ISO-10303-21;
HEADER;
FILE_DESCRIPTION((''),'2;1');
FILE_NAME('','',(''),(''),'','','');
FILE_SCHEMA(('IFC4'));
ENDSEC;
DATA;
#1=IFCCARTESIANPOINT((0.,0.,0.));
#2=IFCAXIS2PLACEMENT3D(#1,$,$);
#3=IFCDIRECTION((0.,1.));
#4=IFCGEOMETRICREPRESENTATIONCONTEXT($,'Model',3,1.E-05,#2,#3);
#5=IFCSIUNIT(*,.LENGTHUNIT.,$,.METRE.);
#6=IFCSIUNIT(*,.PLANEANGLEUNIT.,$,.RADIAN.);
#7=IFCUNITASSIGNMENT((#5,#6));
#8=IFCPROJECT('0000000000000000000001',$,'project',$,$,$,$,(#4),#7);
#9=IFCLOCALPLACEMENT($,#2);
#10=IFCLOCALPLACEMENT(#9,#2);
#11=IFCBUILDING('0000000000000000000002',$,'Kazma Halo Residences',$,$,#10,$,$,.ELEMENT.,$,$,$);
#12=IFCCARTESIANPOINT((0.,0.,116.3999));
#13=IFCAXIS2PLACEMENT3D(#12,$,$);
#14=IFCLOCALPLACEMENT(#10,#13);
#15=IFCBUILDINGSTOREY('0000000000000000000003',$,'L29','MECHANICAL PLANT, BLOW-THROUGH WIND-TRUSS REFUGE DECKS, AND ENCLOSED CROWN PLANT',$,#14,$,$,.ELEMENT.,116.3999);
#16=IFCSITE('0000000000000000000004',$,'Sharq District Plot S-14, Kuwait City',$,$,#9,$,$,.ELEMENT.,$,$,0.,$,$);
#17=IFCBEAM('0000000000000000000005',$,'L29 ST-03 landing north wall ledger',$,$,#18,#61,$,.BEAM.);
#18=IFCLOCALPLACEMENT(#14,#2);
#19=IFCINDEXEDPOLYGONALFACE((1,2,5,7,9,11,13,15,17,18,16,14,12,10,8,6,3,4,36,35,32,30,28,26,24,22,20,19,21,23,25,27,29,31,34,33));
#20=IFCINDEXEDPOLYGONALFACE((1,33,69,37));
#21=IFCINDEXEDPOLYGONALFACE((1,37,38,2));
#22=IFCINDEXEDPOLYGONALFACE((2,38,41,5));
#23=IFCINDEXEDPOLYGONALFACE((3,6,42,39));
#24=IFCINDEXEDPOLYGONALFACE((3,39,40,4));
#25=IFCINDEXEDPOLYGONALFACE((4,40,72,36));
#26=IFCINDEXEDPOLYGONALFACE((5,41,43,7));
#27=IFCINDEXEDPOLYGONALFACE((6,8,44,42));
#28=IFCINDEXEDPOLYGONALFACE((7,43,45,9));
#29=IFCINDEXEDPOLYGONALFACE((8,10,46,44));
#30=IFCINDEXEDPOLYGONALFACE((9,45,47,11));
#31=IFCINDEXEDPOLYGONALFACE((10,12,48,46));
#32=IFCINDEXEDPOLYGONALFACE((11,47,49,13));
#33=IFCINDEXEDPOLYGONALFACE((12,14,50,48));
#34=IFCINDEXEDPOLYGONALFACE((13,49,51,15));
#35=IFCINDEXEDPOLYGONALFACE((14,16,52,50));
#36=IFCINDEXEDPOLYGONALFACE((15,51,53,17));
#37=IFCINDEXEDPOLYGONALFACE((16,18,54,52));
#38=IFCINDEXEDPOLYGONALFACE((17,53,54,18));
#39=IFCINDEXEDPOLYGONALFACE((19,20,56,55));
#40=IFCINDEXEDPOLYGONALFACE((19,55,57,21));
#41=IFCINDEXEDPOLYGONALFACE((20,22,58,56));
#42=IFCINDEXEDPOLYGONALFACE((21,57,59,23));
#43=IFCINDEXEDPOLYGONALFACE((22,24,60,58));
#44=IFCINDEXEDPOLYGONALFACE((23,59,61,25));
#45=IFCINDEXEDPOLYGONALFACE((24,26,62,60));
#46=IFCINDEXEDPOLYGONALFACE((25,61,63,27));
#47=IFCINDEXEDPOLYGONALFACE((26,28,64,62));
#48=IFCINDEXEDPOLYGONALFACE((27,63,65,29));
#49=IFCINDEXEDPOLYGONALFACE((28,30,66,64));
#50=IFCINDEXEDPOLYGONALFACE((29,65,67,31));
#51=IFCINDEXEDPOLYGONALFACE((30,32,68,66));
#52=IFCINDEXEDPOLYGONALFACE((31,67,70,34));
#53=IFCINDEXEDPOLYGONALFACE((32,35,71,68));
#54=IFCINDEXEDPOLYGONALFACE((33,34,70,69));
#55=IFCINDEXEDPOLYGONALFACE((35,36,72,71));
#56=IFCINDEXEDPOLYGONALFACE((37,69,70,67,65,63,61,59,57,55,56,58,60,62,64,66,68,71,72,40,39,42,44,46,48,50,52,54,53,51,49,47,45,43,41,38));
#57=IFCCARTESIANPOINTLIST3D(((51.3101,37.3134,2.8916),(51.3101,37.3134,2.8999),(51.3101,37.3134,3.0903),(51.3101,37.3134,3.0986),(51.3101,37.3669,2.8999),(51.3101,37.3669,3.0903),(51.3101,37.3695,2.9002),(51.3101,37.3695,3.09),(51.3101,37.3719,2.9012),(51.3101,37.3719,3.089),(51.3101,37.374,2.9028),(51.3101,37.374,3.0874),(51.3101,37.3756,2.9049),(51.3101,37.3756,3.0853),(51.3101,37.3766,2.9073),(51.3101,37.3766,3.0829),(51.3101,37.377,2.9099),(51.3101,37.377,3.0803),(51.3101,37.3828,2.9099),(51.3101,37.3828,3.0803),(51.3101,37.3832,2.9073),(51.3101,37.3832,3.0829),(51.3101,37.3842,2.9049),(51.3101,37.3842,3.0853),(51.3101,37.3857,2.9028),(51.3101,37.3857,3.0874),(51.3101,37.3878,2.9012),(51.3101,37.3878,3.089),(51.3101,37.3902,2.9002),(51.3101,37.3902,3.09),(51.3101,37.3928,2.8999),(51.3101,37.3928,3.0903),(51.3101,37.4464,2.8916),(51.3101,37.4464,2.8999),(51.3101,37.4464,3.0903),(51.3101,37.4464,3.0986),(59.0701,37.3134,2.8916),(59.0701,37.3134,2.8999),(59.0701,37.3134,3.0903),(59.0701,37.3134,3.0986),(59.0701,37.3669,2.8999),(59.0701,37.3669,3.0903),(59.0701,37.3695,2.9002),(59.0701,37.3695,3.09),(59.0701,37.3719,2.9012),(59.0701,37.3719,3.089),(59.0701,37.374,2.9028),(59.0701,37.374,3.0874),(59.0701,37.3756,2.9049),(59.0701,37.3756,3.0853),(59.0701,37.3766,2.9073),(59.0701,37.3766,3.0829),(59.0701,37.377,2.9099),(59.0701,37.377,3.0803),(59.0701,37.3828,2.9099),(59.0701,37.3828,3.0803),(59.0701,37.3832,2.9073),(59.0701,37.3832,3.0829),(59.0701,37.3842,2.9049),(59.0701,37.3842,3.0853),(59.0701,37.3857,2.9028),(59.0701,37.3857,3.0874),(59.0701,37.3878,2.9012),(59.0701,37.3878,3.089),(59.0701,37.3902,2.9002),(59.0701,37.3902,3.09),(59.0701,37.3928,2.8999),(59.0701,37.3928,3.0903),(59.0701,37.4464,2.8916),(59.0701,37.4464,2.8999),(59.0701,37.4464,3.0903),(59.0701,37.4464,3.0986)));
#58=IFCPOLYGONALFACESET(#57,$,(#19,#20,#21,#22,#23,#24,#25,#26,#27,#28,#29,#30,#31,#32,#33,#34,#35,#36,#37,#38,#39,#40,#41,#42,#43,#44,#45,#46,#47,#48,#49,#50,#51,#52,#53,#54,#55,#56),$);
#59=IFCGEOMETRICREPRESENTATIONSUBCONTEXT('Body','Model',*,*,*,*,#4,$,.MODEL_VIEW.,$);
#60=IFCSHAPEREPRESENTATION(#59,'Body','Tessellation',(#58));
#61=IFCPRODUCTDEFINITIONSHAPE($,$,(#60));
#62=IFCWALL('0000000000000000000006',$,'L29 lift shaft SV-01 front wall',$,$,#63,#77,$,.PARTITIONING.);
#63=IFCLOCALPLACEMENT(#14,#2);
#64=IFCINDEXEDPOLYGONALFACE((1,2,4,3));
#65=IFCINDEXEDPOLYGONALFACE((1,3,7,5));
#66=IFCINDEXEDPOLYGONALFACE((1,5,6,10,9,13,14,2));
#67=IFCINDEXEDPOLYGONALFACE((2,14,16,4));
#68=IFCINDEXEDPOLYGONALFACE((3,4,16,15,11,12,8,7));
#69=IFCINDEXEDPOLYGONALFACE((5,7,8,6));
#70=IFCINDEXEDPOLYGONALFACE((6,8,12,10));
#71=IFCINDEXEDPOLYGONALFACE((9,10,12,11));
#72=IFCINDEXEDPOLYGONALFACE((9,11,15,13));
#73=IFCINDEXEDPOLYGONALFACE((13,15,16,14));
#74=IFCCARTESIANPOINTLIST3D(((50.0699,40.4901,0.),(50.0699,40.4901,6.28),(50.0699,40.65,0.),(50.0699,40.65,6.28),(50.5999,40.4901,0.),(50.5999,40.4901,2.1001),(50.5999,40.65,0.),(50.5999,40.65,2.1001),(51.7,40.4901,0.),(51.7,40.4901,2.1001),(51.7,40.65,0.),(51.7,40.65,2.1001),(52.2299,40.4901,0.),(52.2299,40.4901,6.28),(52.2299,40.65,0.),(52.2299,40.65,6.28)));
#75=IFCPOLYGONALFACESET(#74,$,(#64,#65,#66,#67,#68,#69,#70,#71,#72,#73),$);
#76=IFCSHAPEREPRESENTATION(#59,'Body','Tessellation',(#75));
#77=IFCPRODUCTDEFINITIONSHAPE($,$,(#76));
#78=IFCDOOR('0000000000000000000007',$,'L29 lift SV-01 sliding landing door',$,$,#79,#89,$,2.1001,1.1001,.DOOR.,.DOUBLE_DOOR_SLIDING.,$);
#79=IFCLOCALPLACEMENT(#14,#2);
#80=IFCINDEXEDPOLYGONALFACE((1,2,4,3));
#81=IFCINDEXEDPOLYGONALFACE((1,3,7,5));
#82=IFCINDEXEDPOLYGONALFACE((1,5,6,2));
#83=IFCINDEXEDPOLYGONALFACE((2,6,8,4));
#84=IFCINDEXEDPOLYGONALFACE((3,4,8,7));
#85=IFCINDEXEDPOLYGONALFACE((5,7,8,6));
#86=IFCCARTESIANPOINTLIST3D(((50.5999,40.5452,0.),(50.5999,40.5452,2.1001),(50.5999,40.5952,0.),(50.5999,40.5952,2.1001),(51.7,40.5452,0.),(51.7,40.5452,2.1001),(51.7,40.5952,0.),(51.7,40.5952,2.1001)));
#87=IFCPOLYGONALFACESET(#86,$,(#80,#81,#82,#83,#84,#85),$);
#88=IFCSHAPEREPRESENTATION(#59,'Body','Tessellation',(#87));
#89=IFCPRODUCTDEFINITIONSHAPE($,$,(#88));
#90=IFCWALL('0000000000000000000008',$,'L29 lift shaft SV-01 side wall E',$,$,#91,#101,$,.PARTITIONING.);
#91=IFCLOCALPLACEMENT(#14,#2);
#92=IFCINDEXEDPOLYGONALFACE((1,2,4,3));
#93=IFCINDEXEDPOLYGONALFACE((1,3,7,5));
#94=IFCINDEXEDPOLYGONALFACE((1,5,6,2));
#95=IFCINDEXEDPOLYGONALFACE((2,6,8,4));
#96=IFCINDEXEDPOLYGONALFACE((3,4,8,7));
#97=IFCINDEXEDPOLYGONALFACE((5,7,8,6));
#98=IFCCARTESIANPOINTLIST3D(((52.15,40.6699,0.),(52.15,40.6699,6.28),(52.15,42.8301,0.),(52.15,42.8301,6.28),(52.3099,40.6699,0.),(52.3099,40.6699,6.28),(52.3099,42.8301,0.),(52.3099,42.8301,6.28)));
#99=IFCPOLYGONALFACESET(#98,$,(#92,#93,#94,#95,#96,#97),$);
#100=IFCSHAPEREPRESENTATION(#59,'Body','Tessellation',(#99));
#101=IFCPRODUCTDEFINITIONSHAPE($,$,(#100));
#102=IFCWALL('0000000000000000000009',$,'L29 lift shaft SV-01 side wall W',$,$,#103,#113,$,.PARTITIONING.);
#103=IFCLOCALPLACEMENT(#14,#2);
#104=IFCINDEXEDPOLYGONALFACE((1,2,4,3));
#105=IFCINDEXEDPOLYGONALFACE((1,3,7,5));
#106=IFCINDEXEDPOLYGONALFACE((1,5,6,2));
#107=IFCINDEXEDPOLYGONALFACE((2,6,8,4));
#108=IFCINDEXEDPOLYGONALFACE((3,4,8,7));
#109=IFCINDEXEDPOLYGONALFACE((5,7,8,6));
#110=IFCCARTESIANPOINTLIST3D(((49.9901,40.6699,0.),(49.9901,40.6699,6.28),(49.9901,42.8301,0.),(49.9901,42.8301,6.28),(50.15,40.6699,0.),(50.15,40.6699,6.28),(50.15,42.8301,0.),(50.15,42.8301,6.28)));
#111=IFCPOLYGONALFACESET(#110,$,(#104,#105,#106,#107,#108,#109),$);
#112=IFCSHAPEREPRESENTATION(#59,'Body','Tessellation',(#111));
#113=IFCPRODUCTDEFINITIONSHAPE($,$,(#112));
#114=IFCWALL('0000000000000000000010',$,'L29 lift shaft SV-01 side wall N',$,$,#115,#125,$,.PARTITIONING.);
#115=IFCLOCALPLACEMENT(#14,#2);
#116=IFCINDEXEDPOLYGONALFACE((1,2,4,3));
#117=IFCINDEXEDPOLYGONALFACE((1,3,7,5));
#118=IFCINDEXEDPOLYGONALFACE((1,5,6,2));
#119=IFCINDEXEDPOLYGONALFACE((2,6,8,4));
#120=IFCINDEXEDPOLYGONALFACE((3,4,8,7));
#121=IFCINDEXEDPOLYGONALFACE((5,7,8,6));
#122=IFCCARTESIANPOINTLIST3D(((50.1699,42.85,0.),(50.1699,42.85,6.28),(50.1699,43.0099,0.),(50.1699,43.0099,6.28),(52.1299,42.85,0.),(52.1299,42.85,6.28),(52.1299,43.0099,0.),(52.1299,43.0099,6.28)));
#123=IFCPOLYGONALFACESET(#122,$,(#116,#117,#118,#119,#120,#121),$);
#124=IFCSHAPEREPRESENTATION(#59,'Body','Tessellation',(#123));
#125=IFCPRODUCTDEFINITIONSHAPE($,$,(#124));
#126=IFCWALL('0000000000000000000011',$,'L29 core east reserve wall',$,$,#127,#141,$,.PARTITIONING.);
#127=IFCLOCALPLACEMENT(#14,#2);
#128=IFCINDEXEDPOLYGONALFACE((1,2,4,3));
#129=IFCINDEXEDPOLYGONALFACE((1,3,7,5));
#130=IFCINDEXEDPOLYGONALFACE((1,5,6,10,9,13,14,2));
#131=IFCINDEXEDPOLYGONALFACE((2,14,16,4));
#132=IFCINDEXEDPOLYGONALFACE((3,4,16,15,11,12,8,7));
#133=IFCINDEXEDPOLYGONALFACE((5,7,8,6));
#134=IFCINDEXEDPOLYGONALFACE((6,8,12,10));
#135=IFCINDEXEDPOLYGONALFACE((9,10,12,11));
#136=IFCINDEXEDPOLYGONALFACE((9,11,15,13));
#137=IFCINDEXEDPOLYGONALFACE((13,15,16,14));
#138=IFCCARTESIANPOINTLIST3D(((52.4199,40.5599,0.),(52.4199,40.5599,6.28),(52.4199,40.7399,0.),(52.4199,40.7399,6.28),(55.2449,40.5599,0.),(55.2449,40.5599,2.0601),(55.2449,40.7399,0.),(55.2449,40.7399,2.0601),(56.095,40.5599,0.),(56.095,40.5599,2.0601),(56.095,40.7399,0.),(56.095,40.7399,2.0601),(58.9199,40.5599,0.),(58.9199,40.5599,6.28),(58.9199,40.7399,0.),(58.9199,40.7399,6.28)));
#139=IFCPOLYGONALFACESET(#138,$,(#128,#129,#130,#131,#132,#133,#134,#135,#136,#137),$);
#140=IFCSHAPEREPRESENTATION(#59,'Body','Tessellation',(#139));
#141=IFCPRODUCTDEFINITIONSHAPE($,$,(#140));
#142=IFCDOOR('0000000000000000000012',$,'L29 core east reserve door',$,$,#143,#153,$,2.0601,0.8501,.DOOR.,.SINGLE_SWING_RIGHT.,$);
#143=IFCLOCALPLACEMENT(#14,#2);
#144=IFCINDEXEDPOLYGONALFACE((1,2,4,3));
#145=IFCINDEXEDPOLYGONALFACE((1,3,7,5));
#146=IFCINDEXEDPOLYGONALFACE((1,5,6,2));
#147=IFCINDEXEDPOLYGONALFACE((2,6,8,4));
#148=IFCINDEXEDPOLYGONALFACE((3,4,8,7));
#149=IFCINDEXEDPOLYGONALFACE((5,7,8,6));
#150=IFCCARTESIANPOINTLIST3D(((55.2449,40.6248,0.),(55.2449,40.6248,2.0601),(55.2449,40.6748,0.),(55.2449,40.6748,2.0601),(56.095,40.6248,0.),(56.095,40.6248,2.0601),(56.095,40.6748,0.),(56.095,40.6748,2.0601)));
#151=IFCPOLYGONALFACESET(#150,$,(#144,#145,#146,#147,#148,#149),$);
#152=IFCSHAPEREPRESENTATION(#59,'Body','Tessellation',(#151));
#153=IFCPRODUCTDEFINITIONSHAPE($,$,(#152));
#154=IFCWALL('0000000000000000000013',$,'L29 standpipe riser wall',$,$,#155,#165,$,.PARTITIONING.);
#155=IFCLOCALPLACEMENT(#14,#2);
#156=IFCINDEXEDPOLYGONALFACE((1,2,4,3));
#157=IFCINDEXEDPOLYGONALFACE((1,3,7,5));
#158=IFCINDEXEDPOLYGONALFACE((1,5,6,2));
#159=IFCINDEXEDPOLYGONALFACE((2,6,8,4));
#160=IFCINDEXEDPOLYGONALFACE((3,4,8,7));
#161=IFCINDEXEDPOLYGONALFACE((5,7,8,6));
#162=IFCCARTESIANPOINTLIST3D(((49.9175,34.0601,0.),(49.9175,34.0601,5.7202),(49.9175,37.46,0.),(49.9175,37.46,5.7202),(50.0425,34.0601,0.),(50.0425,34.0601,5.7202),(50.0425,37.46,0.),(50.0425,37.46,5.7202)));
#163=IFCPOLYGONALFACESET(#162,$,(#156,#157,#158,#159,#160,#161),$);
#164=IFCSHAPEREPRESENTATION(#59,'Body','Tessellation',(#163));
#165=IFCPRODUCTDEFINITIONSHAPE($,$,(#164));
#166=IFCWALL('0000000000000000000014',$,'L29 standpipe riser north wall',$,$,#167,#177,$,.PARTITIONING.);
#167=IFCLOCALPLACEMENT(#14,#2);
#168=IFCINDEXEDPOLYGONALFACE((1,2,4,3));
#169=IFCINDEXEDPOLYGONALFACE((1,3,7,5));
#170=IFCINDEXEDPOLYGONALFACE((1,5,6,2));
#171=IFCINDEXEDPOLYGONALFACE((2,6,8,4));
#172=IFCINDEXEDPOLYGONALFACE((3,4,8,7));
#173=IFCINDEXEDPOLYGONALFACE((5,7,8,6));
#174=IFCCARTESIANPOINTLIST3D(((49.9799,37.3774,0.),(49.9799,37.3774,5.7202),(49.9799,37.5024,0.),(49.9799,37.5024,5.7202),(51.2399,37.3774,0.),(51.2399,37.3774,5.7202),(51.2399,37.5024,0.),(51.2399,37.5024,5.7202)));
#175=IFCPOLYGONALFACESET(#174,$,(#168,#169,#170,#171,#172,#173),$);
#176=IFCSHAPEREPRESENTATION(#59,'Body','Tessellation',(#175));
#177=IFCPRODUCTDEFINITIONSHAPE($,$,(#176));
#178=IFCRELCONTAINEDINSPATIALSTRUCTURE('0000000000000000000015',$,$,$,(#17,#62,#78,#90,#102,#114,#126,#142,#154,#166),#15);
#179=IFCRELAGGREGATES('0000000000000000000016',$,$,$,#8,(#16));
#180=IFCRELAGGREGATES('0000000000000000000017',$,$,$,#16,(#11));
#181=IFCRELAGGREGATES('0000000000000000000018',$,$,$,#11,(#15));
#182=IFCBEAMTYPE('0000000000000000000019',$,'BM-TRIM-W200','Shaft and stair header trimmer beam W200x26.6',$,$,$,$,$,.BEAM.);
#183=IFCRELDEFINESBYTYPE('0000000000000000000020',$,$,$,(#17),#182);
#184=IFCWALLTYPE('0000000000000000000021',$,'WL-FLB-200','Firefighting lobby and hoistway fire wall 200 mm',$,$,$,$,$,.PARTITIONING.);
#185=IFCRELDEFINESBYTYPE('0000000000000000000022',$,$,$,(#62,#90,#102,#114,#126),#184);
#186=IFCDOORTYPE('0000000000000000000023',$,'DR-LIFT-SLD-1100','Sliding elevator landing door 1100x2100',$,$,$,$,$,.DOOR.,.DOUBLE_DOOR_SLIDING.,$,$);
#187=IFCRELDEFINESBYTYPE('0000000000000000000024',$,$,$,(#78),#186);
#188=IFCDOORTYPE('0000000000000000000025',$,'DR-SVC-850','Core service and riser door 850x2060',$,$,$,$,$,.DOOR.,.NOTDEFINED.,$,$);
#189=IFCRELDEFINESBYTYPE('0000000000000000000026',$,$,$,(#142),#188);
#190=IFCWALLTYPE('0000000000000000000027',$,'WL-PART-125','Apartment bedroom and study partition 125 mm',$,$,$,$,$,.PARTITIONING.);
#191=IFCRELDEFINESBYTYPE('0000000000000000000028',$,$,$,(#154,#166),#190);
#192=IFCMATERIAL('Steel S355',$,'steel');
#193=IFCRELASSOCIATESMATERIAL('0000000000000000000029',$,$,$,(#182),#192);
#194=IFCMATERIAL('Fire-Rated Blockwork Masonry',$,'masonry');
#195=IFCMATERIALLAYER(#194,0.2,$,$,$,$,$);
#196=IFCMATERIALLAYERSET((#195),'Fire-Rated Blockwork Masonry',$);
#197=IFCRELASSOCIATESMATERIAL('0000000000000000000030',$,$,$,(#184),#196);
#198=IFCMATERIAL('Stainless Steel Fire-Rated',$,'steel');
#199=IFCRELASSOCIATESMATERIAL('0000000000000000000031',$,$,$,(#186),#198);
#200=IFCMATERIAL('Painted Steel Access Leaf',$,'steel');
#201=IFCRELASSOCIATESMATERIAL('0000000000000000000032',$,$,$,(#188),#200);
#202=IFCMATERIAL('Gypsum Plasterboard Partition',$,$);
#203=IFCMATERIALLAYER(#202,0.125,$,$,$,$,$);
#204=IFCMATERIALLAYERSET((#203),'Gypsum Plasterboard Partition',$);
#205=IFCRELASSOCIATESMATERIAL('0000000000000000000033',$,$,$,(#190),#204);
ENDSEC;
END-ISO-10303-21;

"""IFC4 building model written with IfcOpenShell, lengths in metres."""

from ifc_helpers import new_model, si_unit, direction, frame, frame_2d, origin, origin_2d, place, context, subcontext, project, spatial, rectangle, i_section, extrude, material, layer, layer_set, material_profile, profile_set, type_object, element, fill, save


model = new_model("IFC4")

# Units and contexts
model_context = context("Model", 3, precision=1e-05, world=origin(), true_north=direction((0.0, 1.0)))
body_context = subcontext(model_context, "Body", "Model", "MODEL_VIEW")
ifc_project = project(units=[si_unit("LENGTHUNIT", "METRE"), si_unit("PLANEANGLEUNIT", "RADIAN")], contexts=[model_context])

# Site, building, storey
site_placement = place(None, origin())
site = spatial("IfcSite", under=ifc_project, at=site_placement, Name="Sharq District Plot S-14, Kuwait City", CompositionType="ELEMENT", RefElevation=0.0)
building_placement = place(site_placement, origin())
building = spatial("IfcBuilding", under=site, at=building_placement, Name="Kazma Halo Residences", CompositionType="ELEMENT")
storey_placement = place(building_placement, frame((0.0, 0.0, 116.3999)))
storey = spatial("IfcBuildingStorey", under=building, at=storey_placement, Name="L29", Description="MECHANICAL PLANT, BLOW-THROUGH WIND-TRUSS REFUGE DECKS, AND ENCLOSED CROWN PLANT", CompositionType="ELEMENT", Elevation=116.3999)

# Shared definitions
ifc_material_1 = material(Name="Steel S355", Category="steel")

# Beam
ifc_material_profile_1 = material_profile(ifc_material_1, i_section(OverallWidth=0.1331, OverallDepth=0.207, WebThickness=0.0059, FlangeThickness=0.0083, FilletRadius=0.01, at=origin_2d()), Name="W200x26.6")
ifc_profile_set_1 = profile_set([ifc_material_profile_1], Name="Steel S355")
beam_type = type_object("IfcBeamType", Name="BM-TRIM-W200", Description="Shaft and stair header trimmer beam W200x26.6", PredefinedType="BEAM", material=ifc_profile_set_1)
beam_1_placement = place(storey_placement, frame((51.3101, 37.3799, 2.9951), z_axis=(1.0, 0.0, 0.0), x_axis=(0.0, 1.0, 0.0)))
element("IfcBeam", 1, at=beam_1_placement, inside=storey, type_object=beam_type, Name="L29 ST-03 landing north wall ledger", PredefinedType="BEAM", context=body_context, shape_type="SweptSolid", body=[
    extrude(i_section(OverallWidth=0.1331, OverallDepth=0.207, WebThickness=0.0059, FlangeThickness=0.0083, FilletRadius=0.01, at=origin_2d()), origin(), (0.0, 0.0, 1.0), 7.76),
])

# Wall, opening, door
ifc_material_2 = material(Name="Fire-Rated Blockwork Masonry", Category="masonry")
ifc_layer_1 = layer(ifc_material_2, 0.2)
ifc_layer_set_1 = layer_set([ifc_layer_1], Name="Fire-Rated Blockwork Masonry")
wall_type_1 = type_object("IfcWallType", Name="WL-FLB-200", Description="Firefighting lobby and hoistway fire wall 200 mm", PredefinedType="PARTITIONING", material=ifc_layer_set_1)
wall_1_placement = place(storey_placement, frame((52.23, 40.5701, 0.0), z_axis=(0.0, 0.0, 1.0), x_axis=(-1.0, 0.0, 0.0)))
wall_1 = element("IfcWall", 2, at=wall_1_placement, inside=storey, type_object=wall_type_1, Name="L29 lift shaft SV-01 front wall", PredefinedType="PARTITIONING", context=body_context, shape_type="SweptSolid", body=[
    extrude(rectangle(XDim=2.1599, YDim=0.1599, at=frame_2d((1.0801, 0.0))), origin(), (0.0, 0.0, 1.0), 6.28),
])
opening_1_placement = place(wall_1_placement, frame((0.53, 0.0, 0.0)))
opening_1 = element("IfcOpeningElement", 3, at=opening_1_placement, cuts=wall_1, PredefinedType="OPENING", context=body_context, shape_type="SweptSolid", body=[
    extrude(rectangle(XDim=1.1001, YDim=2.1001, at=frame_2d((0.55, 1.05))), frame((0.0, 0.0898, 0.0), z_axis=(0.0, -1.0, 0.0), x_axis=(1.0, 0.0, 0.0)), (0.0, 0.0, 1.0), 0.1799),
])
ifc_material_3 = material(Name="Stainless Steel Fire-Rated", Category="steel")
door_type_1 = type_object("IfcDoorType", Name="DR-LIFT-SLD-1100", Description="Sliding elevator landing door 1100x2100", OperationType="DOUBLE_DOOR_SLIDING", PredefinedType="DOOR", material=ifc_material_3)
door_1_placement = place(opening_1_placement, origin())
door_1 = element("IfcDoor", 4, at=door_1_placement, inside=storey, type_object=door_type_1, Name="L29 lift SV-01 sliding landing door", OperationType="DOUBLE_DOOR_SLIDING", OverallHeight=2.1001, OverallWidth=1.1001, PredefinedType="DOOR", context=body_context, shape_type="SweptSolid", body=[
    extrude(rectangle(XDim=1.1001, YDim=2.1001, at=frame_2d((0.55, 1.05))), frame((0.0, 0.0249, 0.0), z_axis=(0.0, -1.0, 0.0), x_axis=(1.0, 0.0, 0.0)), (0.0, 0.0, 1.0), 0.05),
])
fill(opening_1, door_1)

# Walls
for number, where, z_axis, x_axis, name in (
    (5, (52.23, 40.6699, 0.0), (0.0, 0.0, 1.0), (0.0, 1.0, 0.0), "L29 lift shaft SV-01 side wall E"),
    (6, (50.0701, 40.6699, 0.0), (0.0, 0.0, 1.0), (0.0, 1.0, 0.0), "L29 lift shaft SV-01 side wall W"),
):
    element("IfcWall", number, at=place(storey_placement, frame(where, z_axis=z_axis, x_axis=x_axis)), inside=storey, type_object=wall_type_1, Name=name, PredefinedType="PARTITIONING", context=body_context, shape_type="SweptSolid", body=[
        extrude(rectangle(XDim=2.1602, YDim=0.1599, at=frame_2d((1.0801, 0.0))), origin(), (0.0, 0.0, 1.0), 6.28),
    ])
wall_2_placement = place(storey_placement, frame((50.1699, 42.9299, 0.0), z_axis=(0.0, 0.0, 1.0), x_axis=(1.0, 0.0, 0.0)))
element("IfcWall", 7, at=wall_2_placement, inside=storey, type_object=wall_type_1, Name="L29 lift shaft SV-01 side wall N", PredefinedType="PARTITIONING", context=body_context, shape_type="SweptSolid", body=[
    extrude(rectangle(XDim=1.96, YDim=0.1599, at=frame_2d((0.98, 0.0))), origin(), (0.0, 0.0, 1.0), 6.28),
])

# Wall, opening, door
wall_3_placement = place(storey_placement, frame((52.4199, 40.6499, 0.0), z_axis=(0.0, 0.0, 1.0), x_axis=(1.0, 0.0, 0.0)))
wall_3 = element("IfcWall", 8, at=wall_3_placement, inside=storey, type_object=wall_type_1, Name="L29 core east reserve wall", PredefinedType="PARTITIONING", context=body_context, shape_type="SweptSolid", body=[
    extrude(rectangle(XDim=6.5, YDim=0.1799, at=frame_2d((3.25, 0.0))), origin(), (0.0, 0.0, 1.0), 6.28),
])
opening_2_placement = place(wall_3_placement, frame((2.825, 0.0, 0.0)))
opening_2 = element("IfcOpeningElement", 9, at=opening_2_placement, cuts=wall_3, PredefinedType="OPENING", context=body_context, shape_type="SweptSolid", body=[
    extrude(rectangle(XDim=0.8501, YDim=2.0601, at=frame_2d((0.425, 1.03))), frame((0.0, 0.0999, 0.0), z_axis=(0.0, -1.0, 0.0), x_axis=(1.0, 0.0, 0.0)), (0.0, 0.0, 1.0), 0.2),
])
ifc_material_4 = material(Name="Painted Steel Access Leaf", Category="steel")
door_type_2 = type_object("IfcDoorType", Name="DR-SVC-850", Description="Core service and riser door 850x2060", OperationType="NOTDEFINED", PredefinedType="DOOR", material=ifc_material_4)
door_2_placement = place(opening_2_placement, origin())
door_2 = element("IfcDoor", 10, at=door_2_placement, inside=storey, type_object=door_type_2, Name="L29 core east reserve door", OperationType="SINGLE_SWING_RIGHT", OverallHeight=2.0601, OverallWidth=0.8501, PredefinedType="DOOR", context=body_context, shape_type="SweptSolid", body=[
    extrude(rectangle(XDim=0.8501, YDim=2.0601, at=frame_2d((0.425, 1.03))), frame((0.0, 0.0249, 0.0), z_axis=(0.0, -1.0, 0.0), x_axis=(1.0, 0.0, 0.0)), (0.0, 0.0, 1.0), 0.05),
])
fill(opening_2, door_2)

# Walls
ifc_material_5 = material(Name="Gypsum Plasterboard Partition")
ifc_layer_2 = layer(ifc_material_5, 0.125)
ifc_layer_set_2 = layer_set([ifc_layer_2], Name="Gypsum Plasterboard Partition")
wall_type_2 = type_object("IfcWallType", Name="WL-PART-125", Description="Apartment bedroom and study partition 125 mm", PredefinedType="PARTITIONING", material=ifc_layer_set_2)
wall_4_placement = place(storey_placement, frame((49.98, 34.0601, 0.0), z_axis=(0.0, 0.0, 1.0), x_axis=(0.0, 1.0, 0.0)))
element("IfcWall", 11, at=wall_4_placement, inside=storey, type_object=wall_type_2, Name="L29 standpipe riser wall", PredefinedType="PARTITIONING", context=body_context, shape_type="SweptSolid", body=[
    extrude(rectangle(XDim=3.3999, YDim=0.125, at=frame_2d((1.7, 0.0))), origin(), (0.0, 0.0, 1.0), 5.7202),
])
wall_5_placement = place(storey_placement, frame((49.98, 37.4399, 0.0), z_axis=(0.0, 0.0, 1.0), x_axis=(1.0, 0.0, 0.0)))
element("IfcWall", 12, at=wall_5_placement, inside=storey, type_object=wall_type_2, Name="L29 standpipe riser north wall", PredefinedType="PARTITIONING", context=body_context, shape_type="SweptSolid", body=[
    extrude(rectangle(XDim=1.26, YDim=0.125, at=frame_2d((0.6299, 0.0))), origin(), (0.0, 0.0, 1.0), 5.7202),
])

save(model, "model.ifc")
